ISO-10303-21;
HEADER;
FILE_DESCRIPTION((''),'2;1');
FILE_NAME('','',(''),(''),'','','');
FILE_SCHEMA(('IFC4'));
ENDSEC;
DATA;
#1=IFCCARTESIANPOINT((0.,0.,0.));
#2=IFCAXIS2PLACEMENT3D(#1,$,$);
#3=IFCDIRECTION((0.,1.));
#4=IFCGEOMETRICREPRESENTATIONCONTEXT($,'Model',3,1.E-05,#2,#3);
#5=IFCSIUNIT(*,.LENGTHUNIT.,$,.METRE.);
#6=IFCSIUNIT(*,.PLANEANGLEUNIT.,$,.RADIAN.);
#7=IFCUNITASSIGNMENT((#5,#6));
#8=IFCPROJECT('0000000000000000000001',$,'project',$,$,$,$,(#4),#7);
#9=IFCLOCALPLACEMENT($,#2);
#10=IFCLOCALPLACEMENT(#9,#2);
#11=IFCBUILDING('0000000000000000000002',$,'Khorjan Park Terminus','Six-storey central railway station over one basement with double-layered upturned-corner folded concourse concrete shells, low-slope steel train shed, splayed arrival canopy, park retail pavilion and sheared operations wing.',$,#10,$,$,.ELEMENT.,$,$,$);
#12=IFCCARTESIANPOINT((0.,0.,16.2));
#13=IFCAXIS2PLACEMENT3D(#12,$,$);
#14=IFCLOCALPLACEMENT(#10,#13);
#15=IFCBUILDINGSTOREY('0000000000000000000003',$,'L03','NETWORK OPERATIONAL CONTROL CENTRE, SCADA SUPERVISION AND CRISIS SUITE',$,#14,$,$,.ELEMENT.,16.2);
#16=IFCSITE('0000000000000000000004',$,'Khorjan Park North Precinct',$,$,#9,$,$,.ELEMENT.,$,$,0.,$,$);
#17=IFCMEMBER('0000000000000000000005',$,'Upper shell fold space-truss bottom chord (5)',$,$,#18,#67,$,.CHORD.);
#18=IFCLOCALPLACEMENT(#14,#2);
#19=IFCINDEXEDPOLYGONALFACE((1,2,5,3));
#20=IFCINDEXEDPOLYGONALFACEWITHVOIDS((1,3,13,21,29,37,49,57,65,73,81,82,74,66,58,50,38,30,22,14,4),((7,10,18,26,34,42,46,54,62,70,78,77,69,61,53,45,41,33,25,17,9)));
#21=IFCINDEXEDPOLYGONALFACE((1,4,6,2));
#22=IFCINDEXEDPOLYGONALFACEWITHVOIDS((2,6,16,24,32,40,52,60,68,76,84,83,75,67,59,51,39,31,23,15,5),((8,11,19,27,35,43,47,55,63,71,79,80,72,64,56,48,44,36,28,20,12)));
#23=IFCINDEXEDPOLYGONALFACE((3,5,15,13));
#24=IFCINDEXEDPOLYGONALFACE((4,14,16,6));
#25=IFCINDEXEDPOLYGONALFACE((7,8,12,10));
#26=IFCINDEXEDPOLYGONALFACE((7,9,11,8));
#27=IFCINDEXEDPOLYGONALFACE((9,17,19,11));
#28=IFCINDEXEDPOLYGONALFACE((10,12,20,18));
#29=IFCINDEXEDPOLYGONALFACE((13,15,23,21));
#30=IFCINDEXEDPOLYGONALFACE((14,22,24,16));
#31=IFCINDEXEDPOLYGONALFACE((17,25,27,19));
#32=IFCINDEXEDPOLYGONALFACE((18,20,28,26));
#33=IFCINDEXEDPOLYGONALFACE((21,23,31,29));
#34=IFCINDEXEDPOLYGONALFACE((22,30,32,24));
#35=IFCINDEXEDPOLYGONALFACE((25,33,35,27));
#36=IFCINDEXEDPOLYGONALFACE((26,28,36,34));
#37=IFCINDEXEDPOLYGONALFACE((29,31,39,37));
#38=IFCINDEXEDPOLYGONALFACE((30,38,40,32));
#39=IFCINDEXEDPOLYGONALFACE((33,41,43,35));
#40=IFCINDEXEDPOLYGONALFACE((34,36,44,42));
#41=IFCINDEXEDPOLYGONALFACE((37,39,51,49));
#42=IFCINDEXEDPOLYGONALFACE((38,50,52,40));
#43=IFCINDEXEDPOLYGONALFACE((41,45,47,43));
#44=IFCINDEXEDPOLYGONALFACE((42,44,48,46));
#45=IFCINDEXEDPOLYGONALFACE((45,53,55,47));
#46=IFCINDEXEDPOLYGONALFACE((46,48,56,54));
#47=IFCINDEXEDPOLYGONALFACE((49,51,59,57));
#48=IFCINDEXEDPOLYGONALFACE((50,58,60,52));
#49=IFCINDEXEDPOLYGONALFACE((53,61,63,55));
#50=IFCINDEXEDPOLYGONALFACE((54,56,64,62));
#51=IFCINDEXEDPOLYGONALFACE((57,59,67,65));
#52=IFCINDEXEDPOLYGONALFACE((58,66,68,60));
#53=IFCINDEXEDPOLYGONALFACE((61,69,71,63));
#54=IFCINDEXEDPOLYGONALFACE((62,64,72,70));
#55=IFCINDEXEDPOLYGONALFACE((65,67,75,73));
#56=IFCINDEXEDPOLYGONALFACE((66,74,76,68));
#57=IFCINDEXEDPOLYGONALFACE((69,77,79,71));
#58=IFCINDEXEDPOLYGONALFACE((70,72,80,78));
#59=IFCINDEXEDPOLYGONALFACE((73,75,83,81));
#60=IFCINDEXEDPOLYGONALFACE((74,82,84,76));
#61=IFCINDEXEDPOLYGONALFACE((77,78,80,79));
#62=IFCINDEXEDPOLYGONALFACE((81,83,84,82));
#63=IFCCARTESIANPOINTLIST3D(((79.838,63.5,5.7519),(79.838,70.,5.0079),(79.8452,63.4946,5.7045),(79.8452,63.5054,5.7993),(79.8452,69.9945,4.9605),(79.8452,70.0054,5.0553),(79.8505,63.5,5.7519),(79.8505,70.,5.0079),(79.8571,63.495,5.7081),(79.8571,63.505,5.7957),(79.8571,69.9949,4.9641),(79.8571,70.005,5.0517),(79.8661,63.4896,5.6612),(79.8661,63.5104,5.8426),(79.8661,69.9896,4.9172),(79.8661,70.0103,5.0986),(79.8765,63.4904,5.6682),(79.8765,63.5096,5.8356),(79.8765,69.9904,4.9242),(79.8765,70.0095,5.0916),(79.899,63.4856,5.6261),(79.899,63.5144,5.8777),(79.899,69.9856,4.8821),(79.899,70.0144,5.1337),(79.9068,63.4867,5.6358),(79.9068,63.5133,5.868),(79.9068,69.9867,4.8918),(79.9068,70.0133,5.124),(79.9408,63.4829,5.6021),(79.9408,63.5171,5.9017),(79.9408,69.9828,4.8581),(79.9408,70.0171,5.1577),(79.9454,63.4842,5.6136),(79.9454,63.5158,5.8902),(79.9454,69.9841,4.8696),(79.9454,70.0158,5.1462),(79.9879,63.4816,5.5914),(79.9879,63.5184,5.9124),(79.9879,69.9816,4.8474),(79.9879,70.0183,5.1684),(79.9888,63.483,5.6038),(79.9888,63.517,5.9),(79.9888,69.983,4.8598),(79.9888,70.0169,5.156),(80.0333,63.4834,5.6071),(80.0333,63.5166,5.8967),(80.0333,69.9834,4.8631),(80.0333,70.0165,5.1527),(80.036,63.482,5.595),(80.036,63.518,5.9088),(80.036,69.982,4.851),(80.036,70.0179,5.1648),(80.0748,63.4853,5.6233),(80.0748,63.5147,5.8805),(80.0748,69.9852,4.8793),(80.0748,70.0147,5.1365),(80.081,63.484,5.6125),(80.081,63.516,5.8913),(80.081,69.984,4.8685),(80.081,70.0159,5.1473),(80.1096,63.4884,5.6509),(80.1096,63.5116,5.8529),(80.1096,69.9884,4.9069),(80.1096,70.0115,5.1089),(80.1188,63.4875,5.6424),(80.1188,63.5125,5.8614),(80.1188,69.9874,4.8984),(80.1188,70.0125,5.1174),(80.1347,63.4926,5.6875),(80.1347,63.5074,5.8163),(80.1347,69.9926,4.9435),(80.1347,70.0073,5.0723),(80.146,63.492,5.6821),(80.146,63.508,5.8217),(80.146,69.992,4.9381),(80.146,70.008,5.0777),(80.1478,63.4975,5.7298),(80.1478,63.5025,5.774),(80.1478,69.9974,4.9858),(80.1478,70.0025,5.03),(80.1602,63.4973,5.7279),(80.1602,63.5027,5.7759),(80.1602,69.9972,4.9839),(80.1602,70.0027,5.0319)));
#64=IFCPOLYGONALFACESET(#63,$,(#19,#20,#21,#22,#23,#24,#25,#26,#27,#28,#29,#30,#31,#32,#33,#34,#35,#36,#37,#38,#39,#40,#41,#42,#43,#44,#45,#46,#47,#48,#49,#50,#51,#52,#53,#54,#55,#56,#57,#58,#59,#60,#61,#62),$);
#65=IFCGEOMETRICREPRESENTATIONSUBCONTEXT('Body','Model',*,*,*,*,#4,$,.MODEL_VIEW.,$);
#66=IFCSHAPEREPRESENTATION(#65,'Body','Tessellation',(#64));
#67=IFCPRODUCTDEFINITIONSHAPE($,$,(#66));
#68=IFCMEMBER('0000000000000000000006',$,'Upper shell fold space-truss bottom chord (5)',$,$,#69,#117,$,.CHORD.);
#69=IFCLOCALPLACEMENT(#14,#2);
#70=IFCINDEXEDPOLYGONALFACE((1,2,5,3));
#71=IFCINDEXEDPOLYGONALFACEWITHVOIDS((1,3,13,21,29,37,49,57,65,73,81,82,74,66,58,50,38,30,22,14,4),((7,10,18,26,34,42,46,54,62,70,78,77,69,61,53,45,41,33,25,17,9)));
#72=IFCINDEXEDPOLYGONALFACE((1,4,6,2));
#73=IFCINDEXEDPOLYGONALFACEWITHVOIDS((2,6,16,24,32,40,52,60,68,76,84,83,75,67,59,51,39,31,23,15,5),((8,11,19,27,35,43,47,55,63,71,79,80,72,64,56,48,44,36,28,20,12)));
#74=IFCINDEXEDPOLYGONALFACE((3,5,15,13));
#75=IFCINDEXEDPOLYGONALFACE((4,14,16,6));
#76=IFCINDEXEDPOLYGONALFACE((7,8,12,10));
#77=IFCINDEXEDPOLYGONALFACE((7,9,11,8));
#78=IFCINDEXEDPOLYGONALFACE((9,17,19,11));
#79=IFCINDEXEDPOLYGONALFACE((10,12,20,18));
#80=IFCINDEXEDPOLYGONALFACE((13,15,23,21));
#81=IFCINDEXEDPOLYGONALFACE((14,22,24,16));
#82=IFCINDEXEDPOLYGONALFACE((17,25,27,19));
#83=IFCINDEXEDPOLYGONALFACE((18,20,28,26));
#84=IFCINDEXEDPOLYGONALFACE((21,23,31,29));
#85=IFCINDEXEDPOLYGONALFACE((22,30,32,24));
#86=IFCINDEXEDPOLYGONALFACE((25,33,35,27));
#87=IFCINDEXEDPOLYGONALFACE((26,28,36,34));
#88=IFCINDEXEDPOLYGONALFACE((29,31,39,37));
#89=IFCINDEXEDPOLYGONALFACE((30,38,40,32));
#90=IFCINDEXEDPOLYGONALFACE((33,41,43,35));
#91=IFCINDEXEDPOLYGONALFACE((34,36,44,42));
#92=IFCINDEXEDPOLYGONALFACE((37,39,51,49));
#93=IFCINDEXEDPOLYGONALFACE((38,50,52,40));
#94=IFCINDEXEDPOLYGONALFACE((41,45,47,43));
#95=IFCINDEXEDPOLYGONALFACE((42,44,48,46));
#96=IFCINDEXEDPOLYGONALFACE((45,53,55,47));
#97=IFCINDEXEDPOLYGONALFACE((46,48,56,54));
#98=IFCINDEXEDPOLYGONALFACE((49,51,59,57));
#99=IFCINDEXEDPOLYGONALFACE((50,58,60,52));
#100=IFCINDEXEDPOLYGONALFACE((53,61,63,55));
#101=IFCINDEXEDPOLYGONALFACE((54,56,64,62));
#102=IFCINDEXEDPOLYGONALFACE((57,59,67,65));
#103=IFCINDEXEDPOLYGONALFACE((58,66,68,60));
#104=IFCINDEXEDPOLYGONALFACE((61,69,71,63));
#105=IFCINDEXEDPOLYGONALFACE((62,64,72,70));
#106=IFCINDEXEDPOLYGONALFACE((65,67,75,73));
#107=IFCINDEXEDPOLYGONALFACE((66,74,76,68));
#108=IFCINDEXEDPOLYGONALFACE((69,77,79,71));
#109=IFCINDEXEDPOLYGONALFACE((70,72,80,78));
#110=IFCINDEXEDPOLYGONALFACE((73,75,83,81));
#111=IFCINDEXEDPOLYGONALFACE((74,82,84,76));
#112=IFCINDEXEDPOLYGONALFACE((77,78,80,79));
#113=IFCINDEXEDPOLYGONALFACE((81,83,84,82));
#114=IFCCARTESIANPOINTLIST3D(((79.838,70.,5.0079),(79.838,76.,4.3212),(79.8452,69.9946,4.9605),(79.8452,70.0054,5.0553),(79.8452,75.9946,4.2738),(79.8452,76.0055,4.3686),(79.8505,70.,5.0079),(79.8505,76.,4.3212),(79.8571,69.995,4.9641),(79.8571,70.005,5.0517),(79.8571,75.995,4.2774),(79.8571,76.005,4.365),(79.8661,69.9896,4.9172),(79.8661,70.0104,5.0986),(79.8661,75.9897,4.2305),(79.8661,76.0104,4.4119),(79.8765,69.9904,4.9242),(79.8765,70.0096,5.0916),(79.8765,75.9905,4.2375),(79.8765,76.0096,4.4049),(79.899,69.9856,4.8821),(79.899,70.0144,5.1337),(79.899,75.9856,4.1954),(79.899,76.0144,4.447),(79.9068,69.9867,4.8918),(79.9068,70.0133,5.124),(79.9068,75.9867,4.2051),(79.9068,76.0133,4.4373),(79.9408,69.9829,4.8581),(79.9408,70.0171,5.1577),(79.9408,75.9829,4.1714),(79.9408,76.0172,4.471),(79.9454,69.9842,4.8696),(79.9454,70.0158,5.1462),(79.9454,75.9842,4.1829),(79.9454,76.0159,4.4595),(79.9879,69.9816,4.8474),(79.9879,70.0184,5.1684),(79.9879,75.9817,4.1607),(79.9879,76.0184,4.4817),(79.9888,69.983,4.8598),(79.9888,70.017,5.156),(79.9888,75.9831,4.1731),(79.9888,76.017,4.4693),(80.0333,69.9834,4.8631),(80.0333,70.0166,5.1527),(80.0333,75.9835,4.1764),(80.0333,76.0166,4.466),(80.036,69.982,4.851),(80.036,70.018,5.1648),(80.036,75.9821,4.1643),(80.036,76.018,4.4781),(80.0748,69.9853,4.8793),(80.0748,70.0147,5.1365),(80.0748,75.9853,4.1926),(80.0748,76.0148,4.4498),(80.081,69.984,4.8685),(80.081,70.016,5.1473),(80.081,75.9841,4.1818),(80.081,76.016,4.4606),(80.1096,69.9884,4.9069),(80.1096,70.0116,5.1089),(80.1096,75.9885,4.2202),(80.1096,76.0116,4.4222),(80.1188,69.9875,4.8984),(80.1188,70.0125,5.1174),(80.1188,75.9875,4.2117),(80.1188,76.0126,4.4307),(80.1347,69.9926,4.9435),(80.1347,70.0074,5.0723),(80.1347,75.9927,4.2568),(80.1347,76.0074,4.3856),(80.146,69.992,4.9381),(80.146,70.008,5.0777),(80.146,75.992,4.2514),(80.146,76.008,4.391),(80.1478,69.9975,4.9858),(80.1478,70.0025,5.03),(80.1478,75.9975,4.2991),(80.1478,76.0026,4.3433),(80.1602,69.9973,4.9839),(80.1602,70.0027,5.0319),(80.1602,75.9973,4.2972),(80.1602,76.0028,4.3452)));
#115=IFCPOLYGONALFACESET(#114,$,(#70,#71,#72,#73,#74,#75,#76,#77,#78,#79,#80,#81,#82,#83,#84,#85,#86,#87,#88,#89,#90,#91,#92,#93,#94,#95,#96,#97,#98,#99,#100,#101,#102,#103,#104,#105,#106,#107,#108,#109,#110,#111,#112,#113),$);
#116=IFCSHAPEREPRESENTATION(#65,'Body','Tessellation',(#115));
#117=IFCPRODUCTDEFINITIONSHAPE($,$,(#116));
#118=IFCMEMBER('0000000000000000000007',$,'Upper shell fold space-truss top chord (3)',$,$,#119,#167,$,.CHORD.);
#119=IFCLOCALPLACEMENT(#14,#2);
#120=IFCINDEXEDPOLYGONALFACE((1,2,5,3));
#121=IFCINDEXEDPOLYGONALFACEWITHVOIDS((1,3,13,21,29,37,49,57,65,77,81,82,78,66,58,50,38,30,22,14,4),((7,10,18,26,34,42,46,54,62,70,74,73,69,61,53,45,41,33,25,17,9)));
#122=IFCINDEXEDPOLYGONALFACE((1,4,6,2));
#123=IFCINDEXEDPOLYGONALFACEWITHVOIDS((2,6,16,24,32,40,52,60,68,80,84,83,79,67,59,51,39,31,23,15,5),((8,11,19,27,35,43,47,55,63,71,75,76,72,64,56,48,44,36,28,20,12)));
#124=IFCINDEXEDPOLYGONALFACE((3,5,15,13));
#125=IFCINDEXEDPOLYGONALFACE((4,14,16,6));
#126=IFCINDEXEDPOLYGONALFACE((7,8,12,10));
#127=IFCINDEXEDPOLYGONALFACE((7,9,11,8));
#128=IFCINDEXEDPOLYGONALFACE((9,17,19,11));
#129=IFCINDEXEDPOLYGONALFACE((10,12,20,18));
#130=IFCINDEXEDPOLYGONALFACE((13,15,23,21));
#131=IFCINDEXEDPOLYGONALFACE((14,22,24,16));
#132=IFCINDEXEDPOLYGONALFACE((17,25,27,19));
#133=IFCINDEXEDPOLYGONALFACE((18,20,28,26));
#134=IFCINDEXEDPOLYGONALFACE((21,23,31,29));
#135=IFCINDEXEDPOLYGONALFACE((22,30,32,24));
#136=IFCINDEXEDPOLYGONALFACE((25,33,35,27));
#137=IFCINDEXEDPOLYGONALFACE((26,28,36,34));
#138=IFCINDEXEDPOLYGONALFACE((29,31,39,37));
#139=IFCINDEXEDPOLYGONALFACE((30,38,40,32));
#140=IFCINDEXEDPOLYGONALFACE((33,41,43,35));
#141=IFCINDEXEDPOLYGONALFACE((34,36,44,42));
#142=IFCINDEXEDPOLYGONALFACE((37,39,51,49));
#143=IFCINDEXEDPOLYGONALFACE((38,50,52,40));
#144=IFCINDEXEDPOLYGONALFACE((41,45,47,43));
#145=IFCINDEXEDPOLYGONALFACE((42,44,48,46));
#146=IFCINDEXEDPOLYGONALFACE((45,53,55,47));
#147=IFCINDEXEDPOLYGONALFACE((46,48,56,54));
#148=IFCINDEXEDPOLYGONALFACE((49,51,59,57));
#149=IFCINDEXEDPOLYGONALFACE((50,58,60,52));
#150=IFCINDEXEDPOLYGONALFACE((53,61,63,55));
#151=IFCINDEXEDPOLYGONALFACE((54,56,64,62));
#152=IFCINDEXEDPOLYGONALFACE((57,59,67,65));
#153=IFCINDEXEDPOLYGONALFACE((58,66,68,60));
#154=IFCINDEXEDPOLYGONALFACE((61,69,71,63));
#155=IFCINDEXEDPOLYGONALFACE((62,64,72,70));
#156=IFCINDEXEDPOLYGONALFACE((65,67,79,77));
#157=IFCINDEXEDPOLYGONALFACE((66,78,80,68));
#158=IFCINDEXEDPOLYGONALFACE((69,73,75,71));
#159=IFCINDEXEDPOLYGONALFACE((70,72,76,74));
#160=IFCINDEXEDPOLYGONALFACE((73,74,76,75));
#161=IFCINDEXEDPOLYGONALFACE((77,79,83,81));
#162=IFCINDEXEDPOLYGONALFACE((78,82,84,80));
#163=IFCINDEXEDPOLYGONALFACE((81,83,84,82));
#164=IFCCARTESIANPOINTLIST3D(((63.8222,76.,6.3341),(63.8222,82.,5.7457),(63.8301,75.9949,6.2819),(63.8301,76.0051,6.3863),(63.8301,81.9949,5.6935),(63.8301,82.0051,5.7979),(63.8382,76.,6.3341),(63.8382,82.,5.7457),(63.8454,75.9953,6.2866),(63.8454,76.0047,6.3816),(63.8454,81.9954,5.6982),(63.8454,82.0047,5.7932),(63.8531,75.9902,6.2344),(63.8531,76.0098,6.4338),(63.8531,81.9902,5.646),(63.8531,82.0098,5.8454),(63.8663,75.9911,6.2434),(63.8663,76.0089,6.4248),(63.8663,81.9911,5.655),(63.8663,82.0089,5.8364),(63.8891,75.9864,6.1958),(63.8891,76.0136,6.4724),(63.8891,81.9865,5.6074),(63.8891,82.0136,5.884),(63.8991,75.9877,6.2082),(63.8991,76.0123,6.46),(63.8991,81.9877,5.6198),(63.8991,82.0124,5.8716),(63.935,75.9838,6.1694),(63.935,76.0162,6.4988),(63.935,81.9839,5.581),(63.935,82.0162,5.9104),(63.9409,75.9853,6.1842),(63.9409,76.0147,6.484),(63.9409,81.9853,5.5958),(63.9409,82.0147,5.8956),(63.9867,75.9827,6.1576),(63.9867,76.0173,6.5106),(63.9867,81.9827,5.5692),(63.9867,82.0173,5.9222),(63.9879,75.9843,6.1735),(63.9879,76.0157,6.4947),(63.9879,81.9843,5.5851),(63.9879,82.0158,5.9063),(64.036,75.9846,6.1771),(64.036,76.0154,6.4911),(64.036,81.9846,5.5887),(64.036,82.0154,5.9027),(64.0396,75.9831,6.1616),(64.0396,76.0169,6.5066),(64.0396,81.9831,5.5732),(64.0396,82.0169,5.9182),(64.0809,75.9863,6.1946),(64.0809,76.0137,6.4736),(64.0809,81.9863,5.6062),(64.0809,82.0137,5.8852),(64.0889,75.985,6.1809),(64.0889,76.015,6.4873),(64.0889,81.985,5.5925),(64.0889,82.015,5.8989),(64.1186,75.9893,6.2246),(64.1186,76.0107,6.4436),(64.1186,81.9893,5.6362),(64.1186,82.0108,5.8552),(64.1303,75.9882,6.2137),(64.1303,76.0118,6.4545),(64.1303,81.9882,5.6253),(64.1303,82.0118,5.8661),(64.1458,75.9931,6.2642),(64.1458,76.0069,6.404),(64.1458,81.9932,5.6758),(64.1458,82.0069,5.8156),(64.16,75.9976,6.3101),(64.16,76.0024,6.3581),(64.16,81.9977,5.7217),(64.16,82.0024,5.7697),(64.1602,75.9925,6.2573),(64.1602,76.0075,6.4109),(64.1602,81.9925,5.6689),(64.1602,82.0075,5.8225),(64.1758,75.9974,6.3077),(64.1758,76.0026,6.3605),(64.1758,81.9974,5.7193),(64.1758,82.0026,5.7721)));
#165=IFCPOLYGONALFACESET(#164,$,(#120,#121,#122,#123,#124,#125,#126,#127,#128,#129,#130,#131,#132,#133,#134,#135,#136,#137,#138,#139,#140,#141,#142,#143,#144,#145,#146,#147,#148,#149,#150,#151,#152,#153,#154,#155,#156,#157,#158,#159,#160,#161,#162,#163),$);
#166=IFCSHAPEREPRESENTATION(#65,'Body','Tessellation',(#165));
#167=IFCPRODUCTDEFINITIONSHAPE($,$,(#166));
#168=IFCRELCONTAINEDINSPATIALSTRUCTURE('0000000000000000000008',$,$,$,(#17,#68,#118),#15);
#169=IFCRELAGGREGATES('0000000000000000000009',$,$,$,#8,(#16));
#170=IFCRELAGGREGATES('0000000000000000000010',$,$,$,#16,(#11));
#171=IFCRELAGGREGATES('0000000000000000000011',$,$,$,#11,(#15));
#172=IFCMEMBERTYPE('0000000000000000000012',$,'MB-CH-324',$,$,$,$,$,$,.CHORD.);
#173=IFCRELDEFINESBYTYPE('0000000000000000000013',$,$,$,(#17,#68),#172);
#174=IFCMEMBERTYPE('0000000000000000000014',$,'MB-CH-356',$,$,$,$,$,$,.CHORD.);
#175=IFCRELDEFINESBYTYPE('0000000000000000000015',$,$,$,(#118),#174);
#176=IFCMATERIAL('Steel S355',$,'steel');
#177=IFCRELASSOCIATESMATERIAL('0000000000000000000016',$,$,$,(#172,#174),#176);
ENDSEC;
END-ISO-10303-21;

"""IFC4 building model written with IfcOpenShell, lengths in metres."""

from ifc_helpers import new_model, si_unit, direction, frame, origin, origin_2d, place, context, subcontext, project, spatial, hollow_circle, extrude, material, material_profile, profile_set, type_object, element, save


model = new_model("IFC4")

# Units and contexts
model_context = context("Model", 3, precision=1e-05, world=origin(), true_north=direction((0.0, 1.0)))
body_context = subcontext(model_context, "Body", "Model", "MODEL_VIEW")
ifc_project = project(units=[si_unit("LENGTHUNIT", "METRE"), si_unit("PLANEANGLEUNIT", "RADIAN")], contexts=[model_context])

# Site, building, storey
site_placement = place(None, origin())
site = spatial("IfcSite", under=ifc_project, at=site_placement, Name="Khorjan Park North Precinct", CompositionType="ELEMENT", RefElevation=0.0)
building_placement = place(site_placement, origin())
building = spatial("IfcBuilding", under=site, at=building_placement, Name="Khorjan Park Terminus", Description="Six-storey central railway station over one basement with double-layered upturned-corner folded concourse concrete shells, low-slope steel train shed, splayed arrival canopy, park retail pavilion and sheared operations wing.", CompositionType="ELEMENT")
storey_placement = place(building_placement, frame((0.0, 0.0, 16.2)))
storey = spatial("IfcBuildingStorey", under=building, at=storey_placement, Name="L03", Description="NETWORK OPERATIONAL CONTROL CENTRE, SCADA SUPERVISION AND CRISIS SUITE", CompositionType="ELEMENT", Elevation=16.2)

# Members
ifc_material = material(Name="Steel S355", Category="steel")
ifc_material_profile_1 = material_profile(ifc_material, hollow_circle(Radius=0.162, WallThickness=0.0125, at=origin_2d()), Name="CHS 323.9x12.5")
ifc_profile_set_1 = profile_set([ifc_material_profile_1], Name="Steel S355")
member_type_1 = type_object("IfcMemberType", Name="MB-CH-324", PredefinedType="CHORD", material=ifc_profile_set_1)
member_1_placement = place(storey_placement, frame((80.0, 63.5, 5.7519), z_axis=(0.0, 0.993513, -0.113719), x_axis=(-1.0, 0.0, 0.0)))
element("IfcMember", 1, at=member_1_placement, inside=storey, type_object=member_type_1, Name="Upper shell fold space-truss bottom chord (5)", PredefinedType="CHORD", context=body_context, shape_type="SweptSolid", body=[
    extrude(hollow_circle(Radius=0.162, WallThickness=0.0125, at=origin_2d()), origin(), (0.0, 0.0, 1.0), 6.5424),
])
member_2_placement = place(storey_placement, frame((80.0, 70.0, 5.0079), z_axis=(0.0, 0.993514, -0.113708), x_axis=(-1.0, 0.0, 0.0)))
element("IfcMember", 2, at=member_2_placement, inside=storey, type_object=member_type_1, Name="Upper shell fold space-truss bottom chord (5)", PredefinedType="CHORD", context=body_context, shape_type="SweptSolid", body=[
    extrude(hollow_circle(Radius=0.162, WallThickness=0.0125, at=origin_2d()), origin(), (0.0, 0.0, 1.0), 6.0392),
])
ifc_material_profile_2 = material_profile(ifc_material, hollow_circle(Radius=0.1778, WallThickness=0.016, at=origin_2d()), Name="CHS 355.6x16")
ifc_profile_set_2 = profile_set([ifc_material_profile_2], Name="Steel S355")
member_type_2 = type_object("IfcMemberType", Name="MB-CH-356", PredefinedType="CHORD", material=ifc_profile_set_2)
member_3_placement = place(storey_placement, frame((64.0, 76.0, 6.3341), z_axis=(0.0, 0.995226, -0.097598), x_axis=(-1.0, 0.0, 0.0)))
element("IfcMember", 3, at=member_3_placement, inside=storey, type_object=member_type_2, Name="Upper shell fold space-truss top chord (3)", PredefinedType="CHORD", context=body_context, shape_type="SweptSolid", body=[
    extrude(hollow_circle(Radius=0.1778, WallThickness=0.016, at=origin_2d()), origin(), (0.0, 0.0, 1.0), 6.0288),
])

save(model, "model.ifc")
